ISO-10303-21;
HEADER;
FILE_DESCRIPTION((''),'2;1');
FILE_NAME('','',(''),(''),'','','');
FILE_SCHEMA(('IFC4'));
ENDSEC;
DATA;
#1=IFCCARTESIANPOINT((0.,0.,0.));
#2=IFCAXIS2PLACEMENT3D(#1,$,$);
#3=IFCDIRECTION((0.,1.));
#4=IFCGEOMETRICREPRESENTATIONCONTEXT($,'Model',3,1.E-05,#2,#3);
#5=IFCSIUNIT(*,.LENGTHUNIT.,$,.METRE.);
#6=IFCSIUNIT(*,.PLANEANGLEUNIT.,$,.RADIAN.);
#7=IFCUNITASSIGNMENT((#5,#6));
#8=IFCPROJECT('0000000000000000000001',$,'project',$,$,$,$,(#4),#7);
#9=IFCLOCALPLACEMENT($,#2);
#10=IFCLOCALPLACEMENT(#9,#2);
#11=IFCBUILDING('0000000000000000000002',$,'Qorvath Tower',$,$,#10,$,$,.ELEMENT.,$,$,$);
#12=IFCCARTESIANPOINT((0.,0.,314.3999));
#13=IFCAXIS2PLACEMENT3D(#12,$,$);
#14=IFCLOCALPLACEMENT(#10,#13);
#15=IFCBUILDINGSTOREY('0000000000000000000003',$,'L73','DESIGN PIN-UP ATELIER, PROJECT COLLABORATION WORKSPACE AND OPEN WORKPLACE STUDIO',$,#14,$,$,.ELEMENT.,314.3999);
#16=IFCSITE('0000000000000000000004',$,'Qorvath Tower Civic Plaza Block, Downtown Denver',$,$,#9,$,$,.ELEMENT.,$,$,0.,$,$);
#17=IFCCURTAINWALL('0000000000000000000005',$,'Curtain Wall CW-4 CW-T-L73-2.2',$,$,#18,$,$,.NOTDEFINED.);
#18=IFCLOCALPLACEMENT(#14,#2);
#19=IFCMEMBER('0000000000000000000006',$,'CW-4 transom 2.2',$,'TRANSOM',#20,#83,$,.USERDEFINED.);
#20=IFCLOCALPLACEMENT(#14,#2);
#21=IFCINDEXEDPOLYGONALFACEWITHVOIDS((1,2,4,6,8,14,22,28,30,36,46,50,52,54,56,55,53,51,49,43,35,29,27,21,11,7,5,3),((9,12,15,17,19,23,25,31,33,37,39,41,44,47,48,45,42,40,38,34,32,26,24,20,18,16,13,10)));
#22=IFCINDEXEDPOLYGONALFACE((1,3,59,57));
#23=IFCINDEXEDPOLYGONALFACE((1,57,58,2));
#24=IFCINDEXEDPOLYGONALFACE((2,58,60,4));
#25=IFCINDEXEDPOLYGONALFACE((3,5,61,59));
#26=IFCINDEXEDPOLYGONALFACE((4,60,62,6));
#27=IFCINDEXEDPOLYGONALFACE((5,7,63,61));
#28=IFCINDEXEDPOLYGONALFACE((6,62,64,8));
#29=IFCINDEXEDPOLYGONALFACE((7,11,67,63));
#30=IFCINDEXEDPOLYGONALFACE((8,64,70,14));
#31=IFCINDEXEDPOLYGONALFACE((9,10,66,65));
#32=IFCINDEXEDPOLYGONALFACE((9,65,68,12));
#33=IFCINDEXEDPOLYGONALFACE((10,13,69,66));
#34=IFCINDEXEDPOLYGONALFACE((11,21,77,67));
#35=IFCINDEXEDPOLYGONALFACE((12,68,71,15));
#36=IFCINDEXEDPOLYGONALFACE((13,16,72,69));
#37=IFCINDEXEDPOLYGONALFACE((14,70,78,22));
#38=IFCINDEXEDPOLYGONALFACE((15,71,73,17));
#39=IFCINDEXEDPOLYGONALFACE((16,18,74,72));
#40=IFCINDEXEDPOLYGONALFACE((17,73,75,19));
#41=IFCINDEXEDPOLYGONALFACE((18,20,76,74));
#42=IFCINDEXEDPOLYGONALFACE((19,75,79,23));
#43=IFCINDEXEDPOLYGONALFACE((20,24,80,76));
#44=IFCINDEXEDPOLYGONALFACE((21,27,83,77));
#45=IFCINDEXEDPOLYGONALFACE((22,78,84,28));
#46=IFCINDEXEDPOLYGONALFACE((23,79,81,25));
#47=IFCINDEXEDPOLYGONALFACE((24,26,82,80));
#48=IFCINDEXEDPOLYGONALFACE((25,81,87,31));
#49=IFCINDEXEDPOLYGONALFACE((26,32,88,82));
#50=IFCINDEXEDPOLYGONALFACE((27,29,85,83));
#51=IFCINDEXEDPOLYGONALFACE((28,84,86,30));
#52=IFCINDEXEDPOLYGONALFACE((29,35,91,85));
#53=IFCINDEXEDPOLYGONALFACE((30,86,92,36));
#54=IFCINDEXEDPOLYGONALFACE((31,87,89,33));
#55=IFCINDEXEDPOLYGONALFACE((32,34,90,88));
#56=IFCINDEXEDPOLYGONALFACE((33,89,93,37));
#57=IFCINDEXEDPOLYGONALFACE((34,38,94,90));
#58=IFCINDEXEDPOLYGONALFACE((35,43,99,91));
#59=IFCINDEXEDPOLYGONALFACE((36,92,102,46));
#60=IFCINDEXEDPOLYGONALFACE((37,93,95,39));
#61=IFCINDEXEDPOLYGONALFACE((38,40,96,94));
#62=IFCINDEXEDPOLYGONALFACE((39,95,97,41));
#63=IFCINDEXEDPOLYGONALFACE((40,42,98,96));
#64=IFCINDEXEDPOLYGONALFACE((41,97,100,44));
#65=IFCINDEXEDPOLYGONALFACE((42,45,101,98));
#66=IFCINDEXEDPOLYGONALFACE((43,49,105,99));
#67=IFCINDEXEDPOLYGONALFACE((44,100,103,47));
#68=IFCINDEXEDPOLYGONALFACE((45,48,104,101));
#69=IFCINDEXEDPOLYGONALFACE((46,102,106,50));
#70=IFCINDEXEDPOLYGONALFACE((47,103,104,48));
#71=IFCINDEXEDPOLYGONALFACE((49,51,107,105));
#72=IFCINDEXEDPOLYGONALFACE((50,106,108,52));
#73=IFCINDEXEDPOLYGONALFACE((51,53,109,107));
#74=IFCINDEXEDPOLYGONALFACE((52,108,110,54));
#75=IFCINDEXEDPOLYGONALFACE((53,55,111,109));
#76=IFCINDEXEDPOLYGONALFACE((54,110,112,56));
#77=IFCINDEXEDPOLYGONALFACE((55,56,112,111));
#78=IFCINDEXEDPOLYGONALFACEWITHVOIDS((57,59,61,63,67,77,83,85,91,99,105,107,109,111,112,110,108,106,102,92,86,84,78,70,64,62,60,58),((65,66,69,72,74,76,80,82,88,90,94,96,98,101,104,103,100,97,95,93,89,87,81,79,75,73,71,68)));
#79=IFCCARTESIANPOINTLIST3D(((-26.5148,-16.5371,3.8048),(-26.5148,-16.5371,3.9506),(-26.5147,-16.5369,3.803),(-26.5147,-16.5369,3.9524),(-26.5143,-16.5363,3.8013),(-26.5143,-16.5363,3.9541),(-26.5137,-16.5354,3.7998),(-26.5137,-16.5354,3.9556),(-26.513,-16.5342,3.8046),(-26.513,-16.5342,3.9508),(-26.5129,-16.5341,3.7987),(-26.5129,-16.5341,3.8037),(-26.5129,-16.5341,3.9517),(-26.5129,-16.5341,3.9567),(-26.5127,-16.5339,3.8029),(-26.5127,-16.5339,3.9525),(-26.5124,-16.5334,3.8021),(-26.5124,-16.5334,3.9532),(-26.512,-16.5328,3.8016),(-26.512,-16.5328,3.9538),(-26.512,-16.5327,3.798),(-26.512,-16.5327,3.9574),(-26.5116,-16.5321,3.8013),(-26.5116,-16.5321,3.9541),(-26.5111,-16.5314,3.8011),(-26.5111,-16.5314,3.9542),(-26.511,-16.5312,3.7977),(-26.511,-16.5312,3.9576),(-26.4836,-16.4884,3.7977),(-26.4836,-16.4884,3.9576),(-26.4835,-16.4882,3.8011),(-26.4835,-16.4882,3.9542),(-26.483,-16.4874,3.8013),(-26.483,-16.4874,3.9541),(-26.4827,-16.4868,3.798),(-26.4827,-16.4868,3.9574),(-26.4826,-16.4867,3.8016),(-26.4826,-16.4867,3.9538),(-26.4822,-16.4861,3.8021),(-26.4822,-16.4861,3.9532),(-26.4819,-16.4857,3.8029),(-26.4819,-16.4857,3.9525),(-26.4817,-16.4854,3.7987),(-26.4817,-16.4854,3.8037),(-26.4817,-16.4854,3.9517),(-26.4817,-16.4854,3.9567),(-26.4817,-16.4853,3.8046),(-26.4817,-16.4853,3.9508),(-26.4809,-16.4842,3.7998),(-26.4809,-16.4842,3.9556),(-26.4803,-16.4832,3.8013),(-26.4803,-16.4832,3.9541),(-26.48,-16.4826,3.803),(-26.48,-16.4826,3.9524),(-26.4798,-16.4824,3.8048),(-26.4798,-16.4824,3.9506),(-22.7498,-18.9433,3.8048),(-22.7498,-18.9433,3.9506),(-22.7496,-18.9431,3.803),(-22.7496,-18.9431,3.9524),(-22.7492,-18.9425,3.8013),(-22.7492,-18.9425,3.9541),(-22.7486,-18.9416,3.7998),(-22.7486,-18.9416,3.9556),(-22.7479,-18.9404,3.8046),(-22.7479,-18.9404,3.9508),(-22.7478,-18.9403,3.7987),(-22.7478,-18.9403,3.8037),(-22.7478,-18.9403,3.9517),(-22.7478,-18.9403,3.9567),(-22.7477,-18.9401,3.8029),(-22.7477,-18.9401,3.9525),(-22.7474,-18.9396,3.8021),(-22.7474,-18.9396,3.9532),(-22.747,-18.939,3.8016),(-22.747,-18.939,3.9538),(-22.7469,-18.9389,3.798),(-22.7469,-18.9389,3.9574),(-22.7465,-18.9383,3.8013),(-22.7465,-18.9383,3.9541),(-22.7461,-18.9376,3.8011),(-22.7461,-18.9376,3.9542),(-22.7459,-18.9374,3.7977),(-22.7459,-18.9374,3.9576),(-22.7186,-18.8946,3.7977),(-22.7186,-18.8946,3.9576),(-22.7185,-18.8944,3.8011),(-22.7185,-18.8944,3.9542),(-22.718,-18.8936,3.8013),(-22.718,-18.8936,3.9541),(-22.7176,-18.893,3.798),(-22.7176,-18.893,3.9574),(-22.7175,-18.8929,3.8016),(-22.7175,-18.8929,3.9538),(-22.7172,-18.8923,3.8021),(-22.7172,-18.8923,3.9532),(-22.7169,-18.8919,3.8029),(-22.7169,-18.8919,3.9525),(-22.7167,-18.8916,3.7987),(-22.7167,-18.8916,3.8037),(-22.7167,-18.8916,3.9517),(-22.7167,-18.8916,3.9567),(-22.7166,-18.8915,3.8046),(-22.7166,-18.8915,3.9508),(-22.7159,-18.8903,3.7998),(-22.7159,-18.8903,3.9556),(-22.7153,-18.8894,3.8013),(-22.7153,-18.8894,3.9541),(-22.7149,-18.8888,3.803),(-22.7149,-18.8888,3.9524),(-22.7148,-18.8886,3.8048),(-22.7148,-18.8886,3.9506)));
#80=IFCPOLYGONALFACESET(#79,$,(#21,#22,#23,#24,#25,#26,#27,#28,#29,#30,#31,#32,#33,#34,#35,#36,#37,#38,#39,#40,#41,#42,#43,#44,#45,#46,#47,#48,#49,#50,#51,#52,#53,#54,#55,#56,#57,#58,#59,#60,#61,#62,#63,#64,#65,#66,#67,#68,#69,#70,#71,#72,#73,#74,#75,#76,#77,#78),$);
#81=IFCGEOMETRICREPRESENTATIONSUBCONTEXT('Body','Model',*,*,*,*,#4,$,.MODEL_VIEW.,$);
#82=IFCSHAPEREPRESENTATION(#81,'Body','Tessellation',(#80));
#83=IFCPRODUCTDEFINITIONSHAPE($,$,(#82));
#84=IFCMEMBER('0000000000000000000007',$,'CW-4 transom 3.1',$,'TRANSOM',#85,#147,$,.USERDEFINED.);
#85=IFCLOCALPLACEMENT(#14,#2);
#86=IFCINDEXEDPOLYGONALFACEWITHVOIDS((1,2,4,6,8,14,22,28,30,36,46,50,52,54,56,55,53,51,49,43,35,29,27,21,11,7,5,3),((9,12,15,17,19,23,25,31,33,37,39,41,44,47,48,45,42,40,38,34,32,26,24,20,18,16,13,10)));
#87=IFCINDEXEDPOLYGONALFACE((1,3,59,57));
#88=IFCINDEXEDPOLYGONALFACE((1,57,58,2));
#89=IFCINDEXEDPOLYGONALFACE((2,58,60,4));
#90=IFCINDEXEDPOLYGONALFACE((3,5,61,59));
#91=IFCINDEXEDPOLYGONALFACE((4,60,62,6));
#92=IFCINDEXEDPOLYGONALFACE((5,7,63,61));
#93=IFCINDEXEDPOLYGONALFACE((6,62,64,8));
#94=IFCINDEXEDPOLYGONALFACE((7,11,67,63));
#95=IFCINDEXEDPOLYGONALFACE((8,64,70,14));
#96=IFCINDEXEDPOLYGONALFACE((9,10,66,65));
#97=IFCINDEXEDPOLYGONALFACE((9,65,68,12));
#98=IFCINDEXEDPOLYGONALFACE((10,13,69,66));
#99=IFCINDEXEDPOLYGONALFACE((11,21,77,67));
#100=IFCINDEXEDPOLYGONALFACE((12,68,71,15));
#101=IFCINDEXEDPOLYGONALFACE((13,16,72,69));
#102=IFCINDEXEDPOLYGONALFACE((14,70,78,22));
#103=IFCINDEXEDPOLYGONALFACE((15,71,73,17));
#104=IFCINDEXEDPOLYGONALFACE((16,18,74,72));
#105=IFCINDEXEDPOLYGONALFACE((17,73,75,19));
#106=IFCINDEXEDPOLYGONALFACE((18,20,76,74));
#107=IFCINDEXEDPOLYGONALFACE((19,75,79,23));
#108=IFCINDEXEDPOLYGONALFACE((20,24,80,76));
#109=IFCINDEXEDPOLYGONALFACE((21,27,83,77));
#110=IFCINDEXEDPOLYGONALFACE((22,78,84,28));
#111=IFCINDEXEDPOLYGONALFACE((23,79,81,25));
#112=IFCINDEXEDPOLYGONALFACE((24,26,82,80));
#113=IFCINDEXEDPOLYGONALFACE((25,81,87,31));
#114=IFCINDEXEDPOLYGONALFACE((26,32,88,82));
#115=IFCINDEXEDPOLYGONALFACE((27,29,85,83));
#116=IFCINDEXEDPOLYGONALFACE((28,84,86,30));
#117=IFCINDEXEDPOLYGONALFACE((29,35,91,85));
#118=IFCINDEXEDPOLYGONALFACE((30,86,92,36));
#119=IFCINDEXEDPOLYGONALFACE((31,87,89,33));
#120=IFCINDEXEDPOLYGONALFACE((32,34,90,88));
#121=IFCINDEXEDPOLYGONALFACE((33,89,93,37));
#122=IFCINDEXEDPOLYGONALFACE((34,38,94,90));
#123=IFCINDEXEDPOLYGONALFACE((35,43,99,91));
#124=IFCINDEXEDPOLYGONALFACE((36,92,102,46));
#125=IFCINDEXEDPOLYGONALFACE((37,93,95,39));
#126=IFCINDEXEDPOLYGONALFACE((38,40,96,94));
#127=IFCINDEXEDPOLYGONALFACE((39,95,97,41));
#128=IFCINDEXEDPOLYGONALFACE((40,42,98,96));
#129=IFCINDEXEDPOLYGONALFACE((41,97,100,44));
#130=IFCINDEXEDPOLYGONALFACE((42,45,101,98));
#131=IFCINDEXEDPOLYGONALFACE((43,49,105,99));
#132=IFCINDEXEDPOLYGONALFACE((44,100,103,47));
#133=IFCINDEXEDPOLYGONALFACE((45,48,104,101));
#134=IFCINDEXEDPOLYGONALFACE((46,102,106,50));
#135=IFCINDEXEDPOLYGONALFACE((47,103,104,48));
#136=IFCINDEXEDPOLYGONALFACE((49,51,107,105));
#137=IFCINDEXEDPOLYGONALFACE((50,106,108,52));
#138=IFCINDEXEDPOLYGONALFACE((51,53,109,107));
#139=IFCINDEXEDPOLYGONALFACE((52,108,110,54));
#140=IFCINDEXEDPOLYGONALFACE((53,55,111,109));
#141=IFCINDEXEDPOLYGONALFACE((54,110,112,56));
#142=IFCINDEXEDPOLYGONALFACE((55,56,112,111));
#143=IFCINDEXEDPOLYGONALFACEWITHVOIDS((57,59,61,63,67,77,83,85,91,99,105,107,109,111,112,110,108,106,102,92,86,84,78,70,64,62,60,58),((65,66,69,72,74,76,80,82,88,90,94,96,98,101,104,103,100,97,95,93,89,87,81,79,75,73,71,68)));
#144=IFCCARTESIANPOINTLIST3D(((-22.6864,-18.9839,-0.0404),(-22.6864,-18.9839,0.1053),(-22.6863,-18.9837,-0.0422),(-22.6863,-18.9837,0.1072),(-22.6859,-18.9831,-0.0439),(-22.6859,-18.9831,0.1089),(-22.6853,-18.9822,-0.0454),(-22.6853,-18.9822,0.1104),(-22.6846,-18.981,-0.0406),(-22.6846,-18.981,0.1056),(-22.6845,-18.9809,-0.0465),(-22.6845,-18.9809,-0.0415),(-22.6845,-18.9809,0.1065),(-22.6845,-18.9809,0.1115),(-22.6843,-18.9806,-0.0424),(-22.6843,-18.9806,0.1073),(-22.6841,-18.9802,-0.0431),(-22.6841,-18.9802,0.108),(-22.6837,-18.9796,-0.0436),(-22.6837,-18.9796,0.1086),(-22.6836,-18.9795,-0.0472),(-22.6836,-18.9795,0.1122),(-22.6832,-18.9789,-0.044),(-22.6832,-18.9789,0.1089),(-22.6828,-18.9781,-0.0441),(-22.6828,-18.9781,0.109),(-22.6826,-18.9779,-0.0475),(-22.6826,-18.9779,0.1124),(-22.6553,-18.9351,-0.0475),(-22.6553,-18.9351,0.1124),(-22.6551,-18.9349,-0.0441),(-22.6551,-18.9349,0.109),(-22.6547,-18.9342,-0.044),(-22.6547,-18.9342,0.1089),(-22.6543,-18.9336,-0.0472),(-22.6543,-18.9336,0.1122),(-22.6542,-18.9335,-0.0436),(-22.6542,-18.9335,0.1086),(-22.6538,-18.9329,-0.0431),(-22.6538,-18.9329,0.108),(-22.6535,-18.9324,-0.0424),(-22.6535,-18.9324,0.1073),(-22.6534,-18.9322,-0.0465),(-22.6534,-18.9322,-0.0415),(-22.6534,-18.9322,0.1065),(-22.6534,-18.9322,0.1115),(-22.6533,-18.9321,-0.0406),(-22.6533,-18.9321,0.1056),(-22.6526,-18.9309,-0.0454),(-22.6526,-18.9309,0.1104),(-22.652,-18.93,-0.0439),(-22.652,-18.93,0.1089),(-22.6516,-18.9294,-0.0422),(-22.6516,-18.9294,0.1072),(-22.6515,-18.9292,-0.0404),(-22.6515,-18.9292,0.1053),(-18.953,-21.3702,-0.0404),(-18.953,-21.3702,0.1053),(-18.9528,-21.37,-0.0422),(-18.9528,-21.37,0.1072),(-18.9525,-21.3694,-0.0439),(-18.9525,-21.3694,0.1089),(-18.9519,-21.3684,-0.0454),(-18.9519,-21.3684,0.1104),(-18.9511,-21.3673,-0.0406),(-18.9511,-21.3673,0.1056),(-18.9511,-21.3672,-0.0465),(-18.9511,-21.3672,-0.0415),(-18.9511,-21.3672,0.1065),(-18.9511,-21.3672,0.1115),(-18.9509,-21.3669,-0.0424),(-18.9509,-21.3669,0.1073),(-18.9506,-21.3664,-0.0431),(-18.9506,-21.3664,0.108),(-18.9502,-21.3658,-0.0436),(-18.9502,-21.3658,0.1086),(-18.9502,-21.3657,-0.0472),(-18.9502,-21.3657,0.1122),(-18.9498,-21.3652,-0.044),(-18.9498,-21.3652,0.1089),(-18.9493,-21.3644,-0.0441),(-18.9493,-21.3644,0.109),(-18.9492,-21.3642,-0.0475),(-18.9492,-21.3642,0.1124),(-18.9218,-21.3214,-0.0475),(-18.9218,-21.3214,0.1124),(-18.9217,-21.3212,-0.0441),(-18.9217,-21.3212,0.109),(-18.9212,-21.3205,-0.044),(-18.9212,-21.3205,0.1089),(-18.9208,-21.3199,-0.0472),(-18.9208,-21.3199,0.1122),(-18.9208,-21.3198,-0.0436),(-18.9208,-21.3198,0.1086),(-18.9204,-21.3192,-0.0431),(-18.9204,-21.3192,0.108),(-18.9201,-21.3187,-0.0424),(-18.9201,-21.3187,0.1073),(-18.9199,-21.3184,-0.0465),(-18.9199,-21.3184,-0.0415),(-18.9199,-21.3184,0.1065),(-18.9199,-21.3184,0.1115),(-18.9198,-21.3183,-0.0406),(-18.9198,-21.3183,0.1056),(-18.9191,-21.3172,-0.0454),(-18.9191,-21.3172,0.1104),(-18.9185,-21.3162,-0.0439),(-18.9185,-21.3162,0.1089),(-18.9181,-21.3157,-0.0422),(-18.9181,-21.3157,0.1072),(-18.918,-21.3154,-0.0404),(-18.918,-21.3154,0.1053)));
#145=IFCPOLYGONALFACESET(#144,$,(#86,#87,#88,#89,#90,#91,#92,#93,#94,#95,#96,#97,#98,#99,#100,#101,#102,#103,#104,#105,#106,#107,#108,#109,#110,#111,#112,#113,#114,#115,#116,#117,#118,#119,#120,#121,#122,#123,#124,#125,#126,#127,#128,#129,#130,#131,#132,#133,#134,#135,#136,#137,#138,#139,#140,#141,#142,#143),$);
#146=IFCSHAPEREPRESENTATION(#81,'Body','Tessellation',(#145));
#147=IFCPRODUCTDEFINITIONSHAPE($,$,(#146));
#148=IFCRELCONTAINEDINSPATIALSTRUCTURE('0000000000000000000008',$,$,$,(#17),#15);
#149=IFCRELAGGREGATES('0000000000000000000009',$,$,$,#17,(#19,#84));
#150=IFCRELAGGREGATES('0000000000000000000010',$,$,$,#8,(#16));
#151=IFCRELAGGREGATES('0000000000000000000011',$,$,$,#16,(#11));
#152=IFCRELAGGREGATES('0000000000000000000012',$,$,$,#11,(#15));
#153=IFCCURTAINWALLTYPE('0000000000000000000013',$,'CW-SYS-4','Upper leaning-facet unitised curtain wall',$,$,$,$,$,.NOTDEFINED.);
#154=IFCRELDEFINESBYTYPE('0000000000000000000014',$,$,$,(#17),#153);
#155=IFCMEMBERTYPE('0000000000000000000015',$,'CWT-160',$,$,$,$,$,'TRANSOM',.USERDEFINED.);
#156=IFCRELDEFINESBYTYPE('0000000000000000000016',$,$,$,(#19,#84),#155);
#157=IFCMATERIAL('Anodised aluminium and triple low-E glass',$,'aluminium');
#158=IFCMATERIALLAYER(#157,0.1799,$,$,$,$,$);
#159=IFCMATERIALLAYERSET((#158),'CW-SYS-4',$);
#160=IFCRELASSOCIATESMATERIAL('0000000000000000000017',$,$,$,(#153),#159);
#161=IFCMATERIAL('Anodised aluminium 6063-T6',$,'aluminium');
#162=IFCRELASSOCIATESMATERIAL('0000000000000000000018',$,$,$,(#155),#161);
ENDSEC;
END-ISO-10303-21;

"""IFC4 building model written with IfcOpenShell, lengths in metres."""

from ifc_helpers import new_model, si_unit, direction, frame, origin, origin_2d, place, context, subcontext, project, spatial, hollow_rectangle, extrude, material, layer, layer_set, material_profile, profile_set, type_object, element, aggregate, save


model = new_model("IFC4")

# Units and contexts
model_context = context("Model", 3, precision=1e-05, world=origin(), true_north=direction((0.0, 1.0)))
body_context = subcontext(model_context, "Body", "Model", "MODEL_VIEW")
ifc_project = project(units=[si_unit("LENGTHUNIT", "METRE"), si_unit("PLANEANGLEUNIT", "RADIAN")], contexts=[model_context])

# Site, building, storey
site_placement = place(None, origin())
site = spatial("IfcSite", under=ifc_project, at=site_placement, Name="Qorvath Tower Civic Plaza Block, Downtown Denver", CompositionType="ELEMENT", RefElevation=0.0)
building_placement = place(site_placement, origin())
building = spatial("IfcBuilding", under=site, at=building_placement, Name="Qorvath Tower", CompositionType="ELEMENT")
storey_placement = place(building_placement, frame((0.0, 0.0, 314.3999)))
storey = spatial("IfcBuildingStorey", under=building, at=storey_placement, Name="L73", Description="DESIGN PIN-UP ATELIER, PROJECT COLLABORATION WORKSPACE AND OPEN WORKPLACE STUDIO", CompositionType="ELEMENT", Elevation=314.3999)

# Curtain wall, members
ifc_material_1 = material(Name="Anodised aluminium and triple low-E glass", Category="aluminium")
ifc_layer_1 = layer(ifc_material_1, 0.1799)
ifc_layer_set_1 = layer_set([ifc_layer_1], Name="CW-SYS-4")
curtain_wall_type = type_object("IfcCurtainWallType", Name="CW-SYS-4", Description="Upper leaning-facet unitised curtain wall", PredefinedType="NOTDEFINED", material=ifc_layer_set_1)
curtain_wall_placement = place(storey_placement, origin())
curtain_wall = element("IfcCurtainWall", 1, at=curtain_wall_placement, inside=storey, type_object=curtain_wall_type, Name="Curtain Wall CW-4 CW-T-L73-2.2", PredefinedType="NOTDEFINED")
ifc_material_2 = material(Name="Anodised aluminium 6063-T6", Category="aluminium")
ifc_material_profile_1 = material_profile(ifc_material_2, hollow_rectangle(XDim=0.0649, YDim=0.1599, WallThickness=0.0034, InnerFilletRadius=0.0034, OuterFilletRadius=0.0071, at=origin_2d()), Name="CWT 160x65")
ifc_profile_set_1 = profile_set([ifc_material_profile_1], Name="Anodised aluminium 6063-T6")
member_type_1 = type_object("IfcMemberType", Name="CWT-160", ElementType="TRANSOM", PredefinedType="USERDEFINED", material=ifc_profile_set_1)
member_1_placement = place(storey_placement, frame((-26.4973, -16.5098, 3.8777), z_axis=(0.842621, -0.538508, 0.0), x_axis=(0.538508, 0.842621, 0.0)))
member_1 = element("IfcMember", 2, at=member_1_placement, type_object=member_type_1, Name="CW-4 transom 2.2", ObjectType="TRANSOM", PredefinedType="USERDEFINED", context=body_context, shape_type="SweptSolid", body=[
    extrude(hollow_rectangle(XDim=0.0649, YDim=0.1599, WallThickness=0.0034, InnerFilletRadius=0.0034, OuterFilletRadius=0.0071, at=origin_2d()), origin(), (0.0, 0.0, 1.0), 4.4683),
])
member_2_placement = place(storey_placement, frame((-22.6689, -18.9565, 0.0325), z_axis=(0.842593, -0.53855, 0.0), x_axis=(0.53855, 0.842593, 0.0)))
member_2 = element("IfcMember", 3, at=member_2_placement, type_object=member_type_1, Name="CW-4 transom 3.1", ObjectType="TRANSOM", PredefinedType="USERDEFINED", context=body_context, shape_type="SweptSolid", body=[
    extrude(hollow_rectangle(XDim=0.0649, YDim=0.1599, WallThickness=0.0034, InnerFilletRadius=0.0034, OuterFilletRadius=0.0071, at=origin_2d()), origin(), (0.0, 0.0, 1.0), 4.4309),
])
aggregate(curtain_wall, [member_1, member_2])

save(model, "model.ifc")
